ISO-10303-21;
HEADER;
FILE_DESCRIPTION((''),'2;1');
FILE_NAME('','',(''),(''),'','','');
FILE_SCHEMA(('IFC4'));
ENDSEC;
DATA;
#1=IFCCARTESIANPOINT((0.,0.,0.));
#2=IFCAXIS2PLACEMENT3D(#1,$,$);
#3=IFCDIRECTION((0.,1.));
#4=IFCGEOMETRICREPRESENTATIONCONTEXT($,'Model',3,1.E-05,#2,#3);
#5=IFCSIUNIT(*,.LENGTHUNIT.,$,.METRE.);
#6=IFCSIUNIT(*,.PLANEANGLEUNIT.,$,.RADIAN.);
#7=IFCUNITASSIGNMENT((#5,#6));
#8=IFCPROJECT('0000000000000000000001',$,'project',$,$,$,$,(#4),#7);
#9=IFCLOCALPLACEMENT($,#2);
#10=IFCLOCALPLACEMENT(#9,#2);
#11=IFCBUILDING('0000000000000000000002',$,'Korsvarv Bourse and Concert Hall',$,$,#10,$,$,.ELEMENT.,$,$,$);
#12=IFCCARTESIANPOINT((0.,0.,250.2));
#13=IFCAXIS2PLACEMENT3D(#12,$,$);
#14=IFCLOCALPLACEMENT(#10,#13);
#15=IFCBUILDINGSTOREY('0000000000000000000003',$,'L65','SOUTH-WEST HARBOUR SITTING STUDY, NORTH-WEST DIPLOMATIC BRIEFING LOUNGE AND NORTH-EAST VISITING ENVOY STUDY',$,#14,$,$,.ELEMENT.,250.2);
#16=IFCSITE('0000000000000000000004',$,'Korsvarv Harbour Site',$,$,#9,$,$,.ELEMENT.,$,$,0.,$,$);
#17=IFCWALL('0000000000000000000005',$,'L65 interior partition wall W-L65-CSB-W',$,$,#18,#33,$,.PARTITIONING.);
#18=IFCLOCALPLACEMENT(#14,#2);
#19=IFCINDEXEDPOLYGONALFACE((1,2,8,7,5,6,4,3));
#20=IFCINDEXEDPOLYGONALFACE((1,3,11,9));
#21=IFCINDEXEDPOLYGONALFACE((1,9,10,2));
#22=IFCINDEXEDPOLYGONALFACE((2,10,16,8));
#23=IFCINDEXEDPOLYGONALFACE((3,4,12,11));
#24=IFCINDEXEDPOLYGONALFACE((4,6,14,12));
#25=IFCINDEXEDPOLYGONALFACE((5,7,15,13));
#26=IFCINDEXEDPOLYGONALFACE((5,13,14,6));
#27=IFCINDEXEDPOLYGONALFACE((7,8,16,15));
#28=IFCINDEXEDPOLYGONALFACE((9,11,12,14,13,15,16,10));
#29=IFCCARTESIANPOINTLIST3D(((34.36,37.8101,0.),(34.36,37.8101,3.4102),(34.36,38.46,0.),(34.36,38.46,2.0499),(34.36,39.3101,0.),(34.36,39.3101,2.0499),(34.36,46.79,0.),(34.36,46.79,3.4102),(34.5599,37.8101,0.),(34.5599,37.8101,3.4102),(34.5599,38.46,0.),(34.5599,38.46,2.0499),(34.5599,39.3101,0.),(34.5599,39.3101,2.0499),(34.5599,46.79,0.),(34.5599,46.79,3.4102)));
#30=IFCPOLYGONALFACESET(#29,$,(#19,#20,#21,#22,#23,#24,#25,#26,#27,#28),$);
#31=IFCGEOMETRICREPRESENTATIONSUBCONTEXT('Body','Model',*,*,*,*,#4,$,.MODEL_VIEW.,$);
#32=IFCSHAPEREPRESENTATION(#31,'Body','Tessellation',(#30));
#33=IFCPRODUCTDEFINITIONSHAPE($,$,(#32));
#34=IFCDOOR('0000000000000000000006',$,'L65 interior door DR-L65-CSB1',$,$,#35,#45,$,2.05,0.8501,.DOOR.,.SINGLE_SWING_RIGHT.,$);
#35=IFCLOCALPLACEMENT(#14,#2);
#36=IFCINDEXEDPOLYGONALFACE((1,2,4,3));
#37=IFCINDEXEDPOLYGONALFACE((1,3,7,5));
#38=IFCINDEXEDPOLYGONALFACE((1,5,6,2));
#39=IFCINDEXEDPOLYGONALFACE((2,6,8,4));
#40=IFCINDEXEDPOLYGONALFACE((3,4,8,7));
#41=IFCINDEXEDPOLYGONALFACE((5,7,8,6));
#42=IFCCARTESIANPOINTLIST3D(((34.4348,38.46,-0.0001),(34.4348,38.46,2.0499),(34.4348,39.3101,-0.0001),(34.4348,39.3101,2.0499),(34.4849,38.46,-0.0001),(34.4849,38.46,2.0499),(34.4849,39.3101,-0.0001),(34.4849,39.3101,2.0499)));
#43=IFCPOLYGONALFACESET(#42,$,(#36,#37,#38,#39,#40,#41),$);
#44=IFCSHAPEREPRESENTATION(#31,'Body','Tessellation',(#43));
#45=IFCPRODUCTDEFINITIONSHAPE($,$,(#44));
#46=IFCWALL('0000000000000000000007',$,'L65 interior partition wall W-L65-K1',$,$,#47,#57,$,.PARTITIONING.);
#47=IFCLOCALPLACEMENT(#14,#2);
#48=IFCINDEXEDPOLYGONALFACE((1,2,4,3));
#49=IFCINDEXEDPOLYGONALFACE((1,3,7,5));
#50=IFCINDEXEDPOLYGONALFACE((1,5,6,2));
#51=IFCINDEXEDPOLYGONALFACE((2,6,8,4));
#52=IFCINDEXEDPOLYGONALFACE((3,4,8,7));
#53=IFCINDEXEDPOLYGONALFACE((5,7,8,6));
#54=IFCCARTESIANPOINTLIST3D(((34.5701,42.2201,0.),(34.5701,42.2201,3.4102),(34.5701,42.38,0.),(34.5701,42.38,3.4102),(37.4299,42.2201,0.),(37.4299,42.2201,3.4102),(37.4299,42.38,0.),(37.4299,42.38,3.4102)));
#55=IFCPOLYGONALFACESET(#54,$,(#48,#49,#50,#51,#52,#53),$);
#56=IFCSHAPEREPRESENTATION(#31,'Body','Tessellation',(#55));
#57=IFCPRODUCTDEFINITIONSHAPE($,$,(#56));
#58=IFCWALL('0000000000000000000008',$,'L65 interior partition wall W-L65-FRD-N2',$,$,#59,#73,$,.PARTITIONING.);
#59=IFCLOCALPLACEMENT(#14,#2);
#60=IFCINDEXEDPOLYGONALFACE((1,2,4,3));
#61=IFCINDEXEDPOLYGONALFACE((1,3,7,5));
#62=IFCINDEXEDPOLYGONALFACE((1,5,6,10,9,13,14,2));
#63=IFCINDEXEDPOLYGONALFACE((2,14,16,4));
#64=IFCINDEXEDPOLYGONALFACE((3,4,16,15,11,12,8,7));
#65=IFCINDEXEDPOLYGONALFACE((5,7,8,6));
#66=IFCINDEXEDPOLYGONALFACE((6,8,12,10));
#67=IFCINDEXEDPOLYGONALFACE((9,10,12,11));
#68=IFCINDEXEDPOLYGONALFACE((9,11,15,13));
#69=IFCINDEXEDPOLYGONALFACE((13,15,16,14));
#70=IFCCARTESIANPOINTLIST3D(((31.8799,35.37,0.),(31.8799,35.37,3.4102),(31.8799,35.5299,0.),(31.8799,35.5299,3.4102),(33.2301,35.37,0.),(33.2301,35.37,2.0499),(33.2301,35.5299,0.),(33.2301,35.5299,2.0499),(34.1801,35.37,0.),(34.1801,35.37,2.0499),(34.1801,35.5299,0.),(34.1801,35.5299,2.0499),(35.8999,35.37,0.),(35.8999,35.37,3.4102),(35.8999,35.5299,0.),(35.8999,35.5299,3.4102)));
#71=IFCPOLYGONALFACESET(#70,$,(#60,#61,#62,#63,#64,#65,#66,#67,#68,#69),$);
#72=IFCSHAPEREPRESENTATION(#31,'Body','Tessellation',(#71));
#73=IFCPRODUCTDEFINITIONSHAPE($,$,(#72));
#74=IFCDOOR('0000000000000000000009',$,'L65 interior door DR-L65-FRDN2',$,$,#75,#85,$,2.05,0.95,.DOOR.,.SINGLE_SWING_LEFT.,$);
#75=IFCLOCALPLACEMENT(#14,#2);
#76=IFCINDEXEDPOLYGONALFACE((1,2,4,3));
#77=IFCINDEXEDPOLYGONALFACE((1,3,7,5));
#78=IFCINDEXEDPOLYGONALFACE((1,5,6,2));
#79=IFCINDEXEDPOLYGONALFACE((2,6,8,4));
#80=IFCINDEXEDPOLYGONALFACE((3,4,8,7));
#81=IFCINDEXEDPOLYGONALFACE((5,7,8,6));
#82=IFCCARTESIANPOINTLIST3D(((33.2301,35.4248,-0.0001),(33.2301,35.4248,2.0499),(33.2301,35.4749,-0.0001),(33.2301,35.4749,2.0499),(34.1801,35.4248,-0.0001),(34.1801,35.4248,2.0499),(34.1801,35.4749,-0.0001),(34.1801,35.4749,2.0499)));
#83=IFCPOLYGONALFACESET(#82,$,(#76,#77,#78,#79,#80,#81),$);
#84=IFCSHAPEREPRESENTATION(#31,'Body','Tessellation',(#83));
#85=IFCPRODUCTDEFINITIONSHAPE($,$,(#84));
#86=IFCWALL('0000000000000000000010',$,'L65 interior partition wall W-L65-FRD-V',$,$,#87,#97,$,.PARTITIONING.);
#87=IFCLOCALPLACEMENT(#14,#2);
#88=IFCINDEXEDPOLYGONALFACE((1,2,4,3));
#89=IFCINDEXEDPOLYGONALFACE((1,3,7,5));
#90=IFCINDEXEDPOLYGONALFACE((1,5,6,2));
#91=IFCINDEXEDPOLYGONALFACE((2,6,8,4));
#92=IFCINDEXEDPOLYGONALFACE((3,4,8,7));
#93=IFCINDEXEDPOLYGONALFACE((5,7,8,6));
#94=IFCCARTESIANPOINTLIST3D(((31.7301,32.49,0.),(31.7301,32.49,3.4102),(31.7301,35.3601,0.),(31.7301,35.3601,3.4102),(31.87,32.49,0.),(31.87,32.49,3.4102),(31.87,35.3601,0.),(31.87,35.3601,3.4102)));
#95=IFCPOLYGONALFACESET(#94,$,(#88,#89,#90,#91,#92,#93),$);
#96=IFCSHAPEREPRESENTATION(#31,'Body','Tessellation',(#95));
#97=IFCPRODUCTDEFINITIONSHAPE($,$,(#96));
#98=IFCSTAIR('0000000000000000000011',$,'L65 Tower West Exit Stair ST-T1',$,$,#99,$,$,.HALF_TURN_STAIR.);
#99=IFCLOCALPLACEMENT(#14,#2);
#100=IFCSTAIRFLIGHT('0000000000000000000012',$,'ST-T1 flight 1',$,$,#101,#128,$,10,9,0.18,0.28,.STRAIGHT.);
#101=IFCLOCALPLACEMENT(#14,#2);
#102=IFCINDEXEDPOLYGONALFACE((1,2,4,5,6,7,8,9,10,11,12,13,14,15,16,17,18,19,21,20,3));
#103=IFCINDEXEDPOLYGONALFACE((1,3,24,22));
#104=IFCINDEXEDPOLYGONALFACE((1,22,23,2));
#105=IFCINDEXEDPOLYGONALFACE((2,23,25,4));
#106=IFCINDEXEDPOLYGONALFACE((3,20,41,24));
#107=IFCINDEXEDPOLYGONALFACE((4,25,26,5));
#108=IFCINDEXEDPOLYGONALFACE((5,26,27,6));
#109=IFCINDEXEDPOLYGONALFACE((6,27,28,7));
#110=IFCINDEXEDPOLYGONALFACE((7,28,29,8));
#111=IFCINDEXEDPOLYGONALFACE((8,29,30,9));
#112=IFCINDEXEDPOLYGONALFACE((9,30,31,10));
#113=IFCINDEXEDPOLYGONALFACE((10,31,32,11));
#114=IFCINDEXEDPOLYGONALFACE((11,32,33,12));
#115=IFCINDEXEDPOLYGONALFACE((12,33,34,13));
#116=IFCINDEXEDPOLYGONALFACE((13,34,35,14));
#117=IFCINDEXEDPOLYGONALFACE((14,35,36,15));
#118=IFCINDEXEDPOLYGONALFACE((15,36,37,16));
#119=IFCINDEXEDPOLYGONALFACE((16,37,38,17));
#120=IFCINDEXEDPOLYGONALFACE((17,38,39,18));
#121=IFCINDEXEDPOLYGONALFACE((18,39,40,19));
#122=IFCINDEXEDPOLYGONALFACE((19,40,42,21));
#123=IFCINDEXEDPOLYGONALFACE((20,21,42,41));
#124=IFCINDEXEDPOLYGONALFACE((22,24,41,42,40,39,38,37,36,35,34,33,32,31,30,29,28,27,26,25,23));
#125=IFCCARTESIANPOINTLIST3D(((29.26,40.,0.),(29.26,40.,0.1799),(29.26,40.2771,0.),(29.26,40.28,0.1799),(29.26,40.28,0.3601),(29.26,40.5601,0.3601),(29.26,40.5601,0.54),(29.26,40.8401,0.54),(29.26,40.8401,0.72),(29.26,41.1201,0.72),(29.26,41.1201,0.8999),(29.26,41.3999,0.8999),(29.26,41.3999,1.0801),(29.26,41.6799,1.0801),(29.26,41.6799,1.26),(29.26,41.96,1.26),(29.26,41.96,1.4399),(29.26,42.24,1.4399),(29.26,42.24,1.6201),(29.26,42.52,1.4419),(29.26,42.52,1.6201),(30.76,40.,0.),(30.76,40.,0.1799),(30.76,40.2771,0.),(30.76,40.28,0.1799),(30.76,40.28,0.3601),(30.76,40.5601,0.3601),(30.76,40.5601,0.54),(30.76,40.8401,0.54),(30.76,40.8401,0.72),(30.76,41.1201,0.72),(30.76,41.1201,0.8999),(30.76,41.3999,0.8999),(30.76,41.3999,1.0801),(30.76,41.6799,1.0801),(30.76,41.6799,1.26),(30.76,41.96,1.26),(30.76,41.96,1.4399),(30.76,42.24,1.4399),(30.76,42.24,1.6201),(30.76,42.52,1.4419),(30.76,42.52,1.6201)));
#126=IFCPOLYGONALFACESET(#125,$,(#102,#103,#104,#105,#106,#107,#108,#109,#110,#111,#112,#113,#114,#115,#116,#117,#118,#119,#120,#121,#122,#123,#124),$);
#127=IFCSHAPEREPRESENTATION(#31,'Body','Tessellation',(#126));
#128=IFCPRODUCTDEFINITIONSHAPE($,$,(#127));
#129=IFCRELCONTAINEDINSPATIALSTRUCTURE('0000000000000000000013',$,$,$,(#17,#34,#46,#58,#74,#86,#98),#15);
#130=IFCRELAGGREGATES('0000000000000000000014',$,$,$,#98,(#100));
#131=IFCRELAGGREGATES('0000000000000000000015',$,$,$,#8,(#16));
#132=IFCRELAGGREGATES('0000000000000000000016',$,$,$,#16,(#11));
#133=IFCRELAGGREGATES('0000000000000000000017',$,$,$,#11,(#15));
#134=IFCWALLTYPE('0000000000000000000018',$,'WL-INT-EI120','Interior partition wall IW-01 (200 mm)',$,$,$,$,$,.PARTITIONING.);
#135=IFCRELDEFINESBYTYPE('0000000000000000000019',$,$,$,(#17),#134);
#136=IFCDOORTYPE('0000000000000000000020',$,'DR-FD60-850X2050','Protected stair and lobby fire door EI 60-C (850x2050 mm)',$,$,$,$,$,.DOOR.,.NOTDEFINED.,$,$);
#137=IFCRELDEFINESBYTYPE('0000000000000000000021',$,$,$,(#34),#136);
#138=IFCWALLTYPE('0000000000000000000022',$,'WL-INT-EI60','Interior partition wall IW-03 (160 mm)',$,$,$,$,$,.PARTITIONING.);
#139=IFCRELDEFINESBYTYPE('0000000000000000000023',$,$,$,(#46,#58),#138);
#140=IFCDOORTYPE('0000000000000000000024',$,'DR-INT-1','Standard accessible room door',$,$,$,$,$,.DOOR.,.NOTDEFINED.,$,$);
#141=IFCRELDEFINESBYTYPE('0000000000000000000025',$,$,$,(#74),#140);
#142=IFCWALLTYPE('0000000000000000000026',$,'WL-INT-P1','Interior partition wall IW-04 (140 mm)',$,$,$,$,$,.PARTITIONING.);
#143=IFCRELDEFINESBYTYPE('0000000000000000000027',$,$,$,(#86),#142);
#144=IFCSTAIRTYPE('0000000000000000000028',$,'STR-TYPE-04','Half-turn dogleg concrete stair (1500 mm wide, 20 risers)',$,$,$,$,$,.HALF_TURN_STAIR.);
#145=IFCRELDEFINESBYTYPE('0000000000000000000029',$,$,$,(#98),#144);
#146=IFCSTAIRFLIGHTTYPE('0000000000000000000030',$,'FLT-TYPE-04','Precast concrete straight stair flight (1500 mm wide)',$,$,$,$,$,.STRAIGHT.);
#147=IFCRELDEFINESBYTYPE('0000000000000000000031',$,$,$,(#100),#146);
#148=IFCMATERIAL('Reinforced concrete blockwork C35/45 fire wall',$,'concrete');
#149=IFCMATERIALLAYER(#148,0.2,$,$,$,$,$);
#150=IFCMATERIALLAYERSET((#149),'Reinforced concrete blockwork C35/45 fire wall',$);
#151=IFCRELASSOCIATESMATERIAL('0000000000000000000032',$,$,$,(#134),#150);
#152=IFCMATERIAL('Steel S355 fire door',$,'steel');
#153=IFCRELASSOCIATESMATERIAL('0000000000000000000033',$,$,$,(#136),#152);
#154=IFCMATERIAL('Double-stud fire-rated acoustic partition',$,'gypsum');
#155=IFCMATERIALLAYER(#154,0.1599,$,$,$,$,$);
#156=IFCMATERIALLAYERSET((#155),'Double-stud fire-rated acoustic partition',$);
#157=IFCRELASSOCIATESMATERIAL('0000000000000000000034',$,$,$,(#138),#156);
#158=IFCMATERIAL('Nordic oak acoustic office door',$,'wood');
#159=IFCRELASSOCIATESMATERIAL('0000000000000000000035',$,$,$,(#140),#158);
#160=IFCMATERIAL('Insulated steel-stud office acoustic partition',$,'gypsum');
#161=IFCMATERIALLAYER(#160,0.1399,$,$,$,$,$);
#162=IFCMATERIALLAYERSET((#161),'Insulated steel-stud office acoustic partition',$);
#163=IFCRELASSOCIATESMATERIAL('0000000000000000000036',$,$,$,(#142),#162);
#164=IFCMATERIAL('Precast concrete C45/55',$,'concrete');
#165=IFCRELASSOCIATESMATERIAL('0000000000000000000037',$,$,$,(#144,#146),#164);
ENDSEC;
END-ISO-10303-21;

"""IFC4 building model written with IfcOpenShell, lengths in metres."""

from ifc_helpers import new_model, si_unit, direction, frame, frame_2d, origin, place, context, subcontext, project, spatial, polyline, rectangle, outline, extrude, material, layer, layer_set, type_object, element, fill, aggregate, save


model = new_model("IFC4")

# Units and contexts
model_context = context("Model", 3, precision=1e-05, world=origin(), true_north=direction((0.0, 1.0)))
body_context = subcontext(model_context, "Body", "Model", "MODEL_VIEW")
ifc_project = project(units=[si_unit("LENGTHUNIT", "METRE"), si_unit("PLANEANGLEUNIT", "RADIAN")], contexts=[model_context])

# Site, building, storey
site_placement = place(None, origin())
site = spatial("IfcSite", under=ifc_project, at=site_placement, Name="Korsvarv Harbour Site", CompositionType="ELEMENT", RefElevation=0.0)
building_placement = place(site_placement, origin())
building = spatial("IfcBuilding", under=site, at=building_placement, Name="Korsvarv Bourse and Concert Hall", CompositionType="ELEMENT")
storey_placement = place(building_placement, frame((0.0, 0.0, 250.2)))
storey = spatial("IfcBuildingStorey", under=building, at=storey_placement, Name="L65", Description="SOUTH-WEST HARBOUR SITTING STUDY, NORTH-WEST DIPLOMATIC BRIEFING LOUNGE AND NORTH-EAST VISITING ENVOY STUDY", CompositionType="ELEMENT", Elevation=250.2)

# Shared definitions
ifc_material_1 = material(Name="Steel S355 fire door", Category="steel")

# Wall, opening, door
ifc_material_2 = material(Name="Reinforced concrete blockwork C35/45 fire wall", Category="concrete")
ifc_layer_1 = layer(ifc_material_2, 0.2)
ifc_layer_set_1 = layer_set([ifc_layer_1], Name="Reinforced concrete blockwork C35/45 fire wall")
wall_type_1 = type_object("IfcWallType", Name="WL-INT-EI120", Description="Interior partition wall IW-01 (200 mm)", PredefinedType="PARTITIONING", material=ifc_layer_set_1)
wall_1_placement = place(storey_placement, frame((34.46, 37.8101, 0.0), z_axis=(0.0, 0.0, 1.0), x_axis=(0.0, 1.0, 0.0)))
wall_1 = element("IfcWall", 1, at=wall_1_placement, inside=storey, type_object=wall_type_1, Name="L65 interior partition wall W-L65-CSB-W", PredefinedType="PARTITIONING", context=body_context, shape_type="SweptSolid", body=[
    extrude(rectangle(XDim=8.98, YDim=0.2, at=frame_2d((4.49, 0.0))), origin(), (0.0, 0.0, 1.0), 3.4102),
])
opening_1_placement = place(wall_1_placement, frame((0.6499, 0.0, 0.0)))
opening_1 = element("IfcOpeningElement", 2, at=opening_1_placement, cuts=wall_1, PredefinedType="OPENING", context=body_context, shape_type="SweptSolid", body=[
    extrude(rectangle(XDim=0.8501, YDim=2.05, at=frame_2d((0.425, 1.0249))), frame((0.0, 0.1099, 0.0), z_axis=(0.0, -1.0, 0.0), x_axis=(1.0, 0.0, 0.0)), (0.0, 0.0, 1.0), 0.22),
])
door_type_1 = type_object("IfcDoorType", Name="DR-FD60-850X2050", Description="Protected stair and lobby fire door EI 60-C (850x2050 mm)", OperationType="NOTDEFINED", PredefinedType="DOOR", material=ifc_material_1)
door_1_placement = place(opening_1_placement, frame((0.8501, 0.0, 0.0), z_axis=(0.0, 0.0, 1.0), x_axis=(-1.0, 0.0, 0.0)))
door_1 = element("IfcDoor", 3, at=door_1_placement, inside=storey, type_object=door_type_1, Name="L65 interior door DR-L65-CSB1", OperationType="SINGLE_SWING_RIGHT", OverallHeight=2.05, OverallWidth=0.8501, PredefinedType="DOOR", context=body_context, shape_type="SweptSolid", body=[
    extrude(rectangle(XDim=0.8501, YDim=2.05, at=frame_2d((0.425, 1.0249))), frame((0.0, 0.0249, 0.0), z_axis=(0.0, -1.0, 0.0), x_axis=(1.0, 0.0, 0.0)), (0.0, 0.0, 1.0), 0.05),
])
fill(opening_1, door_1)

# Wall
ifc_material_3 = material(Name="Double-stud fire-rated acoustic partition", Category="gypsum")
ifc_layer_2 = layer(ifc_material_3, 0.1599)
ifc_layer_set_2 = layer_set([ifc_layer_2], Name="Double-stud fire-rated acoustic partition")
wall_type_2 = type_object("IfcWallType", Name="WL-INT-EI60", Description="Interior partition wall IW-03 (160 mm)", PredefinedType="PARTITIONING", material=ifc_layer_set_2)
wall_2_placement = place(storey_placement, frame((34.5701, 42.3, 0.0), z_axis=(0.0, 0.0, 1.0), x_axis=(1.0, 0.0, 0.0)))
element("IfcWall", 4, at=wall_2_placement, inside=storey, type_object=wall_type_2, Name="L65 interior partition wall W-L65-K1", PredefinedType="PARTITIONING", context=body_context, shape_type="SweptSolid", body=[
    extrude(rectangle(XDim=2.8599, YDim=0.1599, at=frame_2d((1.4299, 0.0))), origin(), (0.0, 0.0, 1.0), 3.4102),
])

# Wall, opening, door
wall_3_placement = place(storey_placement, frame((31.8799, 35.45, 0.0), z_axis=(0.0, 0.0, 1.0), x_axis=(1.0, 0.0, 0.0)))
wall_3 = element("IfcWall", 5, at=wall_3_placement, inside=storey, type_object=wall_type_2, Name="L65 interior partition wall W-L65-FRD-N2", PredefinedType="PARTITIONING", context=body_context, shape_type="SweptSolid", body=[
    extrude(rectangle(XDim=4.02, YDim=0.1599, at=frame_2d((2.01, 0.0))), origin(), (0.0, 0.0, 1.0), 3.4102),
])
opening_2_placement = place(wall_3_placement, frame((1.3501, 0.0, 0.0)))
opening_2 = element("IfcOpeningElement", 6, at=opening_2_placement, cuts=wall_3, PredefinedType="OPENING", context=body_context, shape_type="SweptSolid", body=[
    extrude(rectangle(XDim=0.95, YDim=2.05, at=frame_2d((0.4751, 1.0249))), frame((0.0, 0.0898, 0.0), z_axis=(0.0, -1.0, 0.0), x_axis=(1.0, 0.0, 0.0)), (0.0, 0.0, 1.0), 0.1799),
])
ifc_material_4 = material(Name="Nordic oak acoustic office door", Category="wood")
door_type_2 = type_object("IfcDoorType", Name="DR-INT-1", Description="Standard accessible room door", OperationType="NOTDEFINED", PredefinedType="DOOR", material=ifc_material_4)
door_2_placement = place(opening_2_placement, origin())
door_2 = element("IfcDoor", 7, at=door_2_placement, inside=storey, type_object=door_type_2, Name="L65 interior door DR-L65-FRDN2", OperationType="SINGLE_SWING_LEFT", OverallHeight=2.05, OverallWidth=0.95, PredefinedType="DOOR", context=body_context, shape_type="SweptSolid", body=[
    extrude(rectangle(XDim=0.95, YDim=2.05, at=frame_2d((0.4751, 1.0249))), frame((0.0, 0.0249, 0.0), z_axis=(0.0, -1.0, 0.0), x_axis=(1.0, 0.0, 0.0)), (0.0, 0.0, 1.0), 0.05),
])
fill(opening_2, door_2)

# Wall
ifc_material_5 = material(Name="Insulated steel-stud office acoustic partition", Category="gypsum")
ifc_layer_3 = layer(ifc_material_5, 0.1399)
ifc_layer_set_3 = layer_set([ifc_layer_3], Name="Insulated steel-stud office acoustic partition")
wall_type_3 = type_object("IfcWallType", Name="WL-INT-P1", Description="Interior partition wall IW-04 (140 mm)", PredefinedType="PARTITIONING", material=ifc_layer_set_3)
wall_4_placement = place(storey_placement, frame((31.8, 32.49, 0.0), z_axis=(0.0, 0.0, 1.0), x_axis=(0.0, 1.0, 0.0)))
element("IfcWall", 8, at=wall_4_placement, inside=storey, type_object=wall_type_3, Name="L65 interior partition wall W-L65-FRD-V", PredefinedType="PARTITIONING", context=body_context, shape_type="SweptSolid", body=[
    extrude(rectangle(XDim=2.8701, YDim=0.1399, at=frame_2d((1.4351, 0.0))), origin(), (0.0, 0.0, 1.0), 3.4102),
])

# Stair, stair flight
ifc_material_6 = material(Name="Precast concrete C45/55", Category="concrete")
stair_type = type_object("IfcStairType", Name="STR-TYPE-04", Description="Half-turn dogleg concrete stair (1500 mm wide, 20 risers)", PredefinedType="HALF_TURN_STAIR", material=ifc_material_6)
stair_placement = place(storey_placement, origin())
stair = element("IfcStair", 9, at=stair_placement, inside=storey, type_object=stair_type, Name="L65 Tower West Exit Stair ST-T1", PredefinedType="HALF_TURN_STAIR")
stair_flight_type = type_object("IfcStairFlightType", Name="FLT-TYPE-04", Description="Precast concrete straight stair flight (1500 mm wide)", PredefinedType="STRAIGHT", material=ifc_material_6)
stair_flight_placement = place(storey_placement, frame((30.01, 40.0, 0.0), z_axis=(0.0, 0.0, 1.0), x_axis=(0.0, 1.0, 0.0)))
stair_flight = element("IfcStairFlight", 10, at=stair_flight_placement, type_object=stair_flight_type, Name="ST-T1 flight 1", NumberOfRisers=10, NumberOfTreads=9, PredefinedType="STRAIGHT", RiserHeight=0.18, TreadLength=0.28, context=body_context, shape_type="SweptSolid", body=[
    extrude(outline(polyline([(0.0, 0.0), (0.0, 0.1799), (0.28, 0.1799), (0.28, 0.3601), (0.5601, 0.3601), (0.5601, 0.54), (0.8401, 0.54), (0.8401, 0.72), (1.1201, 0.72), (1.1201, 0.8999), (1.3999, 0.8999), (1.3999, 1.0801), (1.6799, 1.0801), (1.6799, 1.26), (1.96, 1.26), (1.96, 1.4399), (2.24, 1.4399), (2.24, 1.6201), (2.52, 1.6201), (2.52, 1.8), (2.52, 1.4419), (0.2771, 0.0), (0.0, 0.0)])), frame((0.0, 0.75, 0.0), z_axis=(0.0, -1.0, 0.0), x_axis=(1.0, 0.0, 0.0)), (0.0, 0.0, 1.0), 1.5),
])
aggregate(stair, [stair_flight])

save(model, "model.ifc")
